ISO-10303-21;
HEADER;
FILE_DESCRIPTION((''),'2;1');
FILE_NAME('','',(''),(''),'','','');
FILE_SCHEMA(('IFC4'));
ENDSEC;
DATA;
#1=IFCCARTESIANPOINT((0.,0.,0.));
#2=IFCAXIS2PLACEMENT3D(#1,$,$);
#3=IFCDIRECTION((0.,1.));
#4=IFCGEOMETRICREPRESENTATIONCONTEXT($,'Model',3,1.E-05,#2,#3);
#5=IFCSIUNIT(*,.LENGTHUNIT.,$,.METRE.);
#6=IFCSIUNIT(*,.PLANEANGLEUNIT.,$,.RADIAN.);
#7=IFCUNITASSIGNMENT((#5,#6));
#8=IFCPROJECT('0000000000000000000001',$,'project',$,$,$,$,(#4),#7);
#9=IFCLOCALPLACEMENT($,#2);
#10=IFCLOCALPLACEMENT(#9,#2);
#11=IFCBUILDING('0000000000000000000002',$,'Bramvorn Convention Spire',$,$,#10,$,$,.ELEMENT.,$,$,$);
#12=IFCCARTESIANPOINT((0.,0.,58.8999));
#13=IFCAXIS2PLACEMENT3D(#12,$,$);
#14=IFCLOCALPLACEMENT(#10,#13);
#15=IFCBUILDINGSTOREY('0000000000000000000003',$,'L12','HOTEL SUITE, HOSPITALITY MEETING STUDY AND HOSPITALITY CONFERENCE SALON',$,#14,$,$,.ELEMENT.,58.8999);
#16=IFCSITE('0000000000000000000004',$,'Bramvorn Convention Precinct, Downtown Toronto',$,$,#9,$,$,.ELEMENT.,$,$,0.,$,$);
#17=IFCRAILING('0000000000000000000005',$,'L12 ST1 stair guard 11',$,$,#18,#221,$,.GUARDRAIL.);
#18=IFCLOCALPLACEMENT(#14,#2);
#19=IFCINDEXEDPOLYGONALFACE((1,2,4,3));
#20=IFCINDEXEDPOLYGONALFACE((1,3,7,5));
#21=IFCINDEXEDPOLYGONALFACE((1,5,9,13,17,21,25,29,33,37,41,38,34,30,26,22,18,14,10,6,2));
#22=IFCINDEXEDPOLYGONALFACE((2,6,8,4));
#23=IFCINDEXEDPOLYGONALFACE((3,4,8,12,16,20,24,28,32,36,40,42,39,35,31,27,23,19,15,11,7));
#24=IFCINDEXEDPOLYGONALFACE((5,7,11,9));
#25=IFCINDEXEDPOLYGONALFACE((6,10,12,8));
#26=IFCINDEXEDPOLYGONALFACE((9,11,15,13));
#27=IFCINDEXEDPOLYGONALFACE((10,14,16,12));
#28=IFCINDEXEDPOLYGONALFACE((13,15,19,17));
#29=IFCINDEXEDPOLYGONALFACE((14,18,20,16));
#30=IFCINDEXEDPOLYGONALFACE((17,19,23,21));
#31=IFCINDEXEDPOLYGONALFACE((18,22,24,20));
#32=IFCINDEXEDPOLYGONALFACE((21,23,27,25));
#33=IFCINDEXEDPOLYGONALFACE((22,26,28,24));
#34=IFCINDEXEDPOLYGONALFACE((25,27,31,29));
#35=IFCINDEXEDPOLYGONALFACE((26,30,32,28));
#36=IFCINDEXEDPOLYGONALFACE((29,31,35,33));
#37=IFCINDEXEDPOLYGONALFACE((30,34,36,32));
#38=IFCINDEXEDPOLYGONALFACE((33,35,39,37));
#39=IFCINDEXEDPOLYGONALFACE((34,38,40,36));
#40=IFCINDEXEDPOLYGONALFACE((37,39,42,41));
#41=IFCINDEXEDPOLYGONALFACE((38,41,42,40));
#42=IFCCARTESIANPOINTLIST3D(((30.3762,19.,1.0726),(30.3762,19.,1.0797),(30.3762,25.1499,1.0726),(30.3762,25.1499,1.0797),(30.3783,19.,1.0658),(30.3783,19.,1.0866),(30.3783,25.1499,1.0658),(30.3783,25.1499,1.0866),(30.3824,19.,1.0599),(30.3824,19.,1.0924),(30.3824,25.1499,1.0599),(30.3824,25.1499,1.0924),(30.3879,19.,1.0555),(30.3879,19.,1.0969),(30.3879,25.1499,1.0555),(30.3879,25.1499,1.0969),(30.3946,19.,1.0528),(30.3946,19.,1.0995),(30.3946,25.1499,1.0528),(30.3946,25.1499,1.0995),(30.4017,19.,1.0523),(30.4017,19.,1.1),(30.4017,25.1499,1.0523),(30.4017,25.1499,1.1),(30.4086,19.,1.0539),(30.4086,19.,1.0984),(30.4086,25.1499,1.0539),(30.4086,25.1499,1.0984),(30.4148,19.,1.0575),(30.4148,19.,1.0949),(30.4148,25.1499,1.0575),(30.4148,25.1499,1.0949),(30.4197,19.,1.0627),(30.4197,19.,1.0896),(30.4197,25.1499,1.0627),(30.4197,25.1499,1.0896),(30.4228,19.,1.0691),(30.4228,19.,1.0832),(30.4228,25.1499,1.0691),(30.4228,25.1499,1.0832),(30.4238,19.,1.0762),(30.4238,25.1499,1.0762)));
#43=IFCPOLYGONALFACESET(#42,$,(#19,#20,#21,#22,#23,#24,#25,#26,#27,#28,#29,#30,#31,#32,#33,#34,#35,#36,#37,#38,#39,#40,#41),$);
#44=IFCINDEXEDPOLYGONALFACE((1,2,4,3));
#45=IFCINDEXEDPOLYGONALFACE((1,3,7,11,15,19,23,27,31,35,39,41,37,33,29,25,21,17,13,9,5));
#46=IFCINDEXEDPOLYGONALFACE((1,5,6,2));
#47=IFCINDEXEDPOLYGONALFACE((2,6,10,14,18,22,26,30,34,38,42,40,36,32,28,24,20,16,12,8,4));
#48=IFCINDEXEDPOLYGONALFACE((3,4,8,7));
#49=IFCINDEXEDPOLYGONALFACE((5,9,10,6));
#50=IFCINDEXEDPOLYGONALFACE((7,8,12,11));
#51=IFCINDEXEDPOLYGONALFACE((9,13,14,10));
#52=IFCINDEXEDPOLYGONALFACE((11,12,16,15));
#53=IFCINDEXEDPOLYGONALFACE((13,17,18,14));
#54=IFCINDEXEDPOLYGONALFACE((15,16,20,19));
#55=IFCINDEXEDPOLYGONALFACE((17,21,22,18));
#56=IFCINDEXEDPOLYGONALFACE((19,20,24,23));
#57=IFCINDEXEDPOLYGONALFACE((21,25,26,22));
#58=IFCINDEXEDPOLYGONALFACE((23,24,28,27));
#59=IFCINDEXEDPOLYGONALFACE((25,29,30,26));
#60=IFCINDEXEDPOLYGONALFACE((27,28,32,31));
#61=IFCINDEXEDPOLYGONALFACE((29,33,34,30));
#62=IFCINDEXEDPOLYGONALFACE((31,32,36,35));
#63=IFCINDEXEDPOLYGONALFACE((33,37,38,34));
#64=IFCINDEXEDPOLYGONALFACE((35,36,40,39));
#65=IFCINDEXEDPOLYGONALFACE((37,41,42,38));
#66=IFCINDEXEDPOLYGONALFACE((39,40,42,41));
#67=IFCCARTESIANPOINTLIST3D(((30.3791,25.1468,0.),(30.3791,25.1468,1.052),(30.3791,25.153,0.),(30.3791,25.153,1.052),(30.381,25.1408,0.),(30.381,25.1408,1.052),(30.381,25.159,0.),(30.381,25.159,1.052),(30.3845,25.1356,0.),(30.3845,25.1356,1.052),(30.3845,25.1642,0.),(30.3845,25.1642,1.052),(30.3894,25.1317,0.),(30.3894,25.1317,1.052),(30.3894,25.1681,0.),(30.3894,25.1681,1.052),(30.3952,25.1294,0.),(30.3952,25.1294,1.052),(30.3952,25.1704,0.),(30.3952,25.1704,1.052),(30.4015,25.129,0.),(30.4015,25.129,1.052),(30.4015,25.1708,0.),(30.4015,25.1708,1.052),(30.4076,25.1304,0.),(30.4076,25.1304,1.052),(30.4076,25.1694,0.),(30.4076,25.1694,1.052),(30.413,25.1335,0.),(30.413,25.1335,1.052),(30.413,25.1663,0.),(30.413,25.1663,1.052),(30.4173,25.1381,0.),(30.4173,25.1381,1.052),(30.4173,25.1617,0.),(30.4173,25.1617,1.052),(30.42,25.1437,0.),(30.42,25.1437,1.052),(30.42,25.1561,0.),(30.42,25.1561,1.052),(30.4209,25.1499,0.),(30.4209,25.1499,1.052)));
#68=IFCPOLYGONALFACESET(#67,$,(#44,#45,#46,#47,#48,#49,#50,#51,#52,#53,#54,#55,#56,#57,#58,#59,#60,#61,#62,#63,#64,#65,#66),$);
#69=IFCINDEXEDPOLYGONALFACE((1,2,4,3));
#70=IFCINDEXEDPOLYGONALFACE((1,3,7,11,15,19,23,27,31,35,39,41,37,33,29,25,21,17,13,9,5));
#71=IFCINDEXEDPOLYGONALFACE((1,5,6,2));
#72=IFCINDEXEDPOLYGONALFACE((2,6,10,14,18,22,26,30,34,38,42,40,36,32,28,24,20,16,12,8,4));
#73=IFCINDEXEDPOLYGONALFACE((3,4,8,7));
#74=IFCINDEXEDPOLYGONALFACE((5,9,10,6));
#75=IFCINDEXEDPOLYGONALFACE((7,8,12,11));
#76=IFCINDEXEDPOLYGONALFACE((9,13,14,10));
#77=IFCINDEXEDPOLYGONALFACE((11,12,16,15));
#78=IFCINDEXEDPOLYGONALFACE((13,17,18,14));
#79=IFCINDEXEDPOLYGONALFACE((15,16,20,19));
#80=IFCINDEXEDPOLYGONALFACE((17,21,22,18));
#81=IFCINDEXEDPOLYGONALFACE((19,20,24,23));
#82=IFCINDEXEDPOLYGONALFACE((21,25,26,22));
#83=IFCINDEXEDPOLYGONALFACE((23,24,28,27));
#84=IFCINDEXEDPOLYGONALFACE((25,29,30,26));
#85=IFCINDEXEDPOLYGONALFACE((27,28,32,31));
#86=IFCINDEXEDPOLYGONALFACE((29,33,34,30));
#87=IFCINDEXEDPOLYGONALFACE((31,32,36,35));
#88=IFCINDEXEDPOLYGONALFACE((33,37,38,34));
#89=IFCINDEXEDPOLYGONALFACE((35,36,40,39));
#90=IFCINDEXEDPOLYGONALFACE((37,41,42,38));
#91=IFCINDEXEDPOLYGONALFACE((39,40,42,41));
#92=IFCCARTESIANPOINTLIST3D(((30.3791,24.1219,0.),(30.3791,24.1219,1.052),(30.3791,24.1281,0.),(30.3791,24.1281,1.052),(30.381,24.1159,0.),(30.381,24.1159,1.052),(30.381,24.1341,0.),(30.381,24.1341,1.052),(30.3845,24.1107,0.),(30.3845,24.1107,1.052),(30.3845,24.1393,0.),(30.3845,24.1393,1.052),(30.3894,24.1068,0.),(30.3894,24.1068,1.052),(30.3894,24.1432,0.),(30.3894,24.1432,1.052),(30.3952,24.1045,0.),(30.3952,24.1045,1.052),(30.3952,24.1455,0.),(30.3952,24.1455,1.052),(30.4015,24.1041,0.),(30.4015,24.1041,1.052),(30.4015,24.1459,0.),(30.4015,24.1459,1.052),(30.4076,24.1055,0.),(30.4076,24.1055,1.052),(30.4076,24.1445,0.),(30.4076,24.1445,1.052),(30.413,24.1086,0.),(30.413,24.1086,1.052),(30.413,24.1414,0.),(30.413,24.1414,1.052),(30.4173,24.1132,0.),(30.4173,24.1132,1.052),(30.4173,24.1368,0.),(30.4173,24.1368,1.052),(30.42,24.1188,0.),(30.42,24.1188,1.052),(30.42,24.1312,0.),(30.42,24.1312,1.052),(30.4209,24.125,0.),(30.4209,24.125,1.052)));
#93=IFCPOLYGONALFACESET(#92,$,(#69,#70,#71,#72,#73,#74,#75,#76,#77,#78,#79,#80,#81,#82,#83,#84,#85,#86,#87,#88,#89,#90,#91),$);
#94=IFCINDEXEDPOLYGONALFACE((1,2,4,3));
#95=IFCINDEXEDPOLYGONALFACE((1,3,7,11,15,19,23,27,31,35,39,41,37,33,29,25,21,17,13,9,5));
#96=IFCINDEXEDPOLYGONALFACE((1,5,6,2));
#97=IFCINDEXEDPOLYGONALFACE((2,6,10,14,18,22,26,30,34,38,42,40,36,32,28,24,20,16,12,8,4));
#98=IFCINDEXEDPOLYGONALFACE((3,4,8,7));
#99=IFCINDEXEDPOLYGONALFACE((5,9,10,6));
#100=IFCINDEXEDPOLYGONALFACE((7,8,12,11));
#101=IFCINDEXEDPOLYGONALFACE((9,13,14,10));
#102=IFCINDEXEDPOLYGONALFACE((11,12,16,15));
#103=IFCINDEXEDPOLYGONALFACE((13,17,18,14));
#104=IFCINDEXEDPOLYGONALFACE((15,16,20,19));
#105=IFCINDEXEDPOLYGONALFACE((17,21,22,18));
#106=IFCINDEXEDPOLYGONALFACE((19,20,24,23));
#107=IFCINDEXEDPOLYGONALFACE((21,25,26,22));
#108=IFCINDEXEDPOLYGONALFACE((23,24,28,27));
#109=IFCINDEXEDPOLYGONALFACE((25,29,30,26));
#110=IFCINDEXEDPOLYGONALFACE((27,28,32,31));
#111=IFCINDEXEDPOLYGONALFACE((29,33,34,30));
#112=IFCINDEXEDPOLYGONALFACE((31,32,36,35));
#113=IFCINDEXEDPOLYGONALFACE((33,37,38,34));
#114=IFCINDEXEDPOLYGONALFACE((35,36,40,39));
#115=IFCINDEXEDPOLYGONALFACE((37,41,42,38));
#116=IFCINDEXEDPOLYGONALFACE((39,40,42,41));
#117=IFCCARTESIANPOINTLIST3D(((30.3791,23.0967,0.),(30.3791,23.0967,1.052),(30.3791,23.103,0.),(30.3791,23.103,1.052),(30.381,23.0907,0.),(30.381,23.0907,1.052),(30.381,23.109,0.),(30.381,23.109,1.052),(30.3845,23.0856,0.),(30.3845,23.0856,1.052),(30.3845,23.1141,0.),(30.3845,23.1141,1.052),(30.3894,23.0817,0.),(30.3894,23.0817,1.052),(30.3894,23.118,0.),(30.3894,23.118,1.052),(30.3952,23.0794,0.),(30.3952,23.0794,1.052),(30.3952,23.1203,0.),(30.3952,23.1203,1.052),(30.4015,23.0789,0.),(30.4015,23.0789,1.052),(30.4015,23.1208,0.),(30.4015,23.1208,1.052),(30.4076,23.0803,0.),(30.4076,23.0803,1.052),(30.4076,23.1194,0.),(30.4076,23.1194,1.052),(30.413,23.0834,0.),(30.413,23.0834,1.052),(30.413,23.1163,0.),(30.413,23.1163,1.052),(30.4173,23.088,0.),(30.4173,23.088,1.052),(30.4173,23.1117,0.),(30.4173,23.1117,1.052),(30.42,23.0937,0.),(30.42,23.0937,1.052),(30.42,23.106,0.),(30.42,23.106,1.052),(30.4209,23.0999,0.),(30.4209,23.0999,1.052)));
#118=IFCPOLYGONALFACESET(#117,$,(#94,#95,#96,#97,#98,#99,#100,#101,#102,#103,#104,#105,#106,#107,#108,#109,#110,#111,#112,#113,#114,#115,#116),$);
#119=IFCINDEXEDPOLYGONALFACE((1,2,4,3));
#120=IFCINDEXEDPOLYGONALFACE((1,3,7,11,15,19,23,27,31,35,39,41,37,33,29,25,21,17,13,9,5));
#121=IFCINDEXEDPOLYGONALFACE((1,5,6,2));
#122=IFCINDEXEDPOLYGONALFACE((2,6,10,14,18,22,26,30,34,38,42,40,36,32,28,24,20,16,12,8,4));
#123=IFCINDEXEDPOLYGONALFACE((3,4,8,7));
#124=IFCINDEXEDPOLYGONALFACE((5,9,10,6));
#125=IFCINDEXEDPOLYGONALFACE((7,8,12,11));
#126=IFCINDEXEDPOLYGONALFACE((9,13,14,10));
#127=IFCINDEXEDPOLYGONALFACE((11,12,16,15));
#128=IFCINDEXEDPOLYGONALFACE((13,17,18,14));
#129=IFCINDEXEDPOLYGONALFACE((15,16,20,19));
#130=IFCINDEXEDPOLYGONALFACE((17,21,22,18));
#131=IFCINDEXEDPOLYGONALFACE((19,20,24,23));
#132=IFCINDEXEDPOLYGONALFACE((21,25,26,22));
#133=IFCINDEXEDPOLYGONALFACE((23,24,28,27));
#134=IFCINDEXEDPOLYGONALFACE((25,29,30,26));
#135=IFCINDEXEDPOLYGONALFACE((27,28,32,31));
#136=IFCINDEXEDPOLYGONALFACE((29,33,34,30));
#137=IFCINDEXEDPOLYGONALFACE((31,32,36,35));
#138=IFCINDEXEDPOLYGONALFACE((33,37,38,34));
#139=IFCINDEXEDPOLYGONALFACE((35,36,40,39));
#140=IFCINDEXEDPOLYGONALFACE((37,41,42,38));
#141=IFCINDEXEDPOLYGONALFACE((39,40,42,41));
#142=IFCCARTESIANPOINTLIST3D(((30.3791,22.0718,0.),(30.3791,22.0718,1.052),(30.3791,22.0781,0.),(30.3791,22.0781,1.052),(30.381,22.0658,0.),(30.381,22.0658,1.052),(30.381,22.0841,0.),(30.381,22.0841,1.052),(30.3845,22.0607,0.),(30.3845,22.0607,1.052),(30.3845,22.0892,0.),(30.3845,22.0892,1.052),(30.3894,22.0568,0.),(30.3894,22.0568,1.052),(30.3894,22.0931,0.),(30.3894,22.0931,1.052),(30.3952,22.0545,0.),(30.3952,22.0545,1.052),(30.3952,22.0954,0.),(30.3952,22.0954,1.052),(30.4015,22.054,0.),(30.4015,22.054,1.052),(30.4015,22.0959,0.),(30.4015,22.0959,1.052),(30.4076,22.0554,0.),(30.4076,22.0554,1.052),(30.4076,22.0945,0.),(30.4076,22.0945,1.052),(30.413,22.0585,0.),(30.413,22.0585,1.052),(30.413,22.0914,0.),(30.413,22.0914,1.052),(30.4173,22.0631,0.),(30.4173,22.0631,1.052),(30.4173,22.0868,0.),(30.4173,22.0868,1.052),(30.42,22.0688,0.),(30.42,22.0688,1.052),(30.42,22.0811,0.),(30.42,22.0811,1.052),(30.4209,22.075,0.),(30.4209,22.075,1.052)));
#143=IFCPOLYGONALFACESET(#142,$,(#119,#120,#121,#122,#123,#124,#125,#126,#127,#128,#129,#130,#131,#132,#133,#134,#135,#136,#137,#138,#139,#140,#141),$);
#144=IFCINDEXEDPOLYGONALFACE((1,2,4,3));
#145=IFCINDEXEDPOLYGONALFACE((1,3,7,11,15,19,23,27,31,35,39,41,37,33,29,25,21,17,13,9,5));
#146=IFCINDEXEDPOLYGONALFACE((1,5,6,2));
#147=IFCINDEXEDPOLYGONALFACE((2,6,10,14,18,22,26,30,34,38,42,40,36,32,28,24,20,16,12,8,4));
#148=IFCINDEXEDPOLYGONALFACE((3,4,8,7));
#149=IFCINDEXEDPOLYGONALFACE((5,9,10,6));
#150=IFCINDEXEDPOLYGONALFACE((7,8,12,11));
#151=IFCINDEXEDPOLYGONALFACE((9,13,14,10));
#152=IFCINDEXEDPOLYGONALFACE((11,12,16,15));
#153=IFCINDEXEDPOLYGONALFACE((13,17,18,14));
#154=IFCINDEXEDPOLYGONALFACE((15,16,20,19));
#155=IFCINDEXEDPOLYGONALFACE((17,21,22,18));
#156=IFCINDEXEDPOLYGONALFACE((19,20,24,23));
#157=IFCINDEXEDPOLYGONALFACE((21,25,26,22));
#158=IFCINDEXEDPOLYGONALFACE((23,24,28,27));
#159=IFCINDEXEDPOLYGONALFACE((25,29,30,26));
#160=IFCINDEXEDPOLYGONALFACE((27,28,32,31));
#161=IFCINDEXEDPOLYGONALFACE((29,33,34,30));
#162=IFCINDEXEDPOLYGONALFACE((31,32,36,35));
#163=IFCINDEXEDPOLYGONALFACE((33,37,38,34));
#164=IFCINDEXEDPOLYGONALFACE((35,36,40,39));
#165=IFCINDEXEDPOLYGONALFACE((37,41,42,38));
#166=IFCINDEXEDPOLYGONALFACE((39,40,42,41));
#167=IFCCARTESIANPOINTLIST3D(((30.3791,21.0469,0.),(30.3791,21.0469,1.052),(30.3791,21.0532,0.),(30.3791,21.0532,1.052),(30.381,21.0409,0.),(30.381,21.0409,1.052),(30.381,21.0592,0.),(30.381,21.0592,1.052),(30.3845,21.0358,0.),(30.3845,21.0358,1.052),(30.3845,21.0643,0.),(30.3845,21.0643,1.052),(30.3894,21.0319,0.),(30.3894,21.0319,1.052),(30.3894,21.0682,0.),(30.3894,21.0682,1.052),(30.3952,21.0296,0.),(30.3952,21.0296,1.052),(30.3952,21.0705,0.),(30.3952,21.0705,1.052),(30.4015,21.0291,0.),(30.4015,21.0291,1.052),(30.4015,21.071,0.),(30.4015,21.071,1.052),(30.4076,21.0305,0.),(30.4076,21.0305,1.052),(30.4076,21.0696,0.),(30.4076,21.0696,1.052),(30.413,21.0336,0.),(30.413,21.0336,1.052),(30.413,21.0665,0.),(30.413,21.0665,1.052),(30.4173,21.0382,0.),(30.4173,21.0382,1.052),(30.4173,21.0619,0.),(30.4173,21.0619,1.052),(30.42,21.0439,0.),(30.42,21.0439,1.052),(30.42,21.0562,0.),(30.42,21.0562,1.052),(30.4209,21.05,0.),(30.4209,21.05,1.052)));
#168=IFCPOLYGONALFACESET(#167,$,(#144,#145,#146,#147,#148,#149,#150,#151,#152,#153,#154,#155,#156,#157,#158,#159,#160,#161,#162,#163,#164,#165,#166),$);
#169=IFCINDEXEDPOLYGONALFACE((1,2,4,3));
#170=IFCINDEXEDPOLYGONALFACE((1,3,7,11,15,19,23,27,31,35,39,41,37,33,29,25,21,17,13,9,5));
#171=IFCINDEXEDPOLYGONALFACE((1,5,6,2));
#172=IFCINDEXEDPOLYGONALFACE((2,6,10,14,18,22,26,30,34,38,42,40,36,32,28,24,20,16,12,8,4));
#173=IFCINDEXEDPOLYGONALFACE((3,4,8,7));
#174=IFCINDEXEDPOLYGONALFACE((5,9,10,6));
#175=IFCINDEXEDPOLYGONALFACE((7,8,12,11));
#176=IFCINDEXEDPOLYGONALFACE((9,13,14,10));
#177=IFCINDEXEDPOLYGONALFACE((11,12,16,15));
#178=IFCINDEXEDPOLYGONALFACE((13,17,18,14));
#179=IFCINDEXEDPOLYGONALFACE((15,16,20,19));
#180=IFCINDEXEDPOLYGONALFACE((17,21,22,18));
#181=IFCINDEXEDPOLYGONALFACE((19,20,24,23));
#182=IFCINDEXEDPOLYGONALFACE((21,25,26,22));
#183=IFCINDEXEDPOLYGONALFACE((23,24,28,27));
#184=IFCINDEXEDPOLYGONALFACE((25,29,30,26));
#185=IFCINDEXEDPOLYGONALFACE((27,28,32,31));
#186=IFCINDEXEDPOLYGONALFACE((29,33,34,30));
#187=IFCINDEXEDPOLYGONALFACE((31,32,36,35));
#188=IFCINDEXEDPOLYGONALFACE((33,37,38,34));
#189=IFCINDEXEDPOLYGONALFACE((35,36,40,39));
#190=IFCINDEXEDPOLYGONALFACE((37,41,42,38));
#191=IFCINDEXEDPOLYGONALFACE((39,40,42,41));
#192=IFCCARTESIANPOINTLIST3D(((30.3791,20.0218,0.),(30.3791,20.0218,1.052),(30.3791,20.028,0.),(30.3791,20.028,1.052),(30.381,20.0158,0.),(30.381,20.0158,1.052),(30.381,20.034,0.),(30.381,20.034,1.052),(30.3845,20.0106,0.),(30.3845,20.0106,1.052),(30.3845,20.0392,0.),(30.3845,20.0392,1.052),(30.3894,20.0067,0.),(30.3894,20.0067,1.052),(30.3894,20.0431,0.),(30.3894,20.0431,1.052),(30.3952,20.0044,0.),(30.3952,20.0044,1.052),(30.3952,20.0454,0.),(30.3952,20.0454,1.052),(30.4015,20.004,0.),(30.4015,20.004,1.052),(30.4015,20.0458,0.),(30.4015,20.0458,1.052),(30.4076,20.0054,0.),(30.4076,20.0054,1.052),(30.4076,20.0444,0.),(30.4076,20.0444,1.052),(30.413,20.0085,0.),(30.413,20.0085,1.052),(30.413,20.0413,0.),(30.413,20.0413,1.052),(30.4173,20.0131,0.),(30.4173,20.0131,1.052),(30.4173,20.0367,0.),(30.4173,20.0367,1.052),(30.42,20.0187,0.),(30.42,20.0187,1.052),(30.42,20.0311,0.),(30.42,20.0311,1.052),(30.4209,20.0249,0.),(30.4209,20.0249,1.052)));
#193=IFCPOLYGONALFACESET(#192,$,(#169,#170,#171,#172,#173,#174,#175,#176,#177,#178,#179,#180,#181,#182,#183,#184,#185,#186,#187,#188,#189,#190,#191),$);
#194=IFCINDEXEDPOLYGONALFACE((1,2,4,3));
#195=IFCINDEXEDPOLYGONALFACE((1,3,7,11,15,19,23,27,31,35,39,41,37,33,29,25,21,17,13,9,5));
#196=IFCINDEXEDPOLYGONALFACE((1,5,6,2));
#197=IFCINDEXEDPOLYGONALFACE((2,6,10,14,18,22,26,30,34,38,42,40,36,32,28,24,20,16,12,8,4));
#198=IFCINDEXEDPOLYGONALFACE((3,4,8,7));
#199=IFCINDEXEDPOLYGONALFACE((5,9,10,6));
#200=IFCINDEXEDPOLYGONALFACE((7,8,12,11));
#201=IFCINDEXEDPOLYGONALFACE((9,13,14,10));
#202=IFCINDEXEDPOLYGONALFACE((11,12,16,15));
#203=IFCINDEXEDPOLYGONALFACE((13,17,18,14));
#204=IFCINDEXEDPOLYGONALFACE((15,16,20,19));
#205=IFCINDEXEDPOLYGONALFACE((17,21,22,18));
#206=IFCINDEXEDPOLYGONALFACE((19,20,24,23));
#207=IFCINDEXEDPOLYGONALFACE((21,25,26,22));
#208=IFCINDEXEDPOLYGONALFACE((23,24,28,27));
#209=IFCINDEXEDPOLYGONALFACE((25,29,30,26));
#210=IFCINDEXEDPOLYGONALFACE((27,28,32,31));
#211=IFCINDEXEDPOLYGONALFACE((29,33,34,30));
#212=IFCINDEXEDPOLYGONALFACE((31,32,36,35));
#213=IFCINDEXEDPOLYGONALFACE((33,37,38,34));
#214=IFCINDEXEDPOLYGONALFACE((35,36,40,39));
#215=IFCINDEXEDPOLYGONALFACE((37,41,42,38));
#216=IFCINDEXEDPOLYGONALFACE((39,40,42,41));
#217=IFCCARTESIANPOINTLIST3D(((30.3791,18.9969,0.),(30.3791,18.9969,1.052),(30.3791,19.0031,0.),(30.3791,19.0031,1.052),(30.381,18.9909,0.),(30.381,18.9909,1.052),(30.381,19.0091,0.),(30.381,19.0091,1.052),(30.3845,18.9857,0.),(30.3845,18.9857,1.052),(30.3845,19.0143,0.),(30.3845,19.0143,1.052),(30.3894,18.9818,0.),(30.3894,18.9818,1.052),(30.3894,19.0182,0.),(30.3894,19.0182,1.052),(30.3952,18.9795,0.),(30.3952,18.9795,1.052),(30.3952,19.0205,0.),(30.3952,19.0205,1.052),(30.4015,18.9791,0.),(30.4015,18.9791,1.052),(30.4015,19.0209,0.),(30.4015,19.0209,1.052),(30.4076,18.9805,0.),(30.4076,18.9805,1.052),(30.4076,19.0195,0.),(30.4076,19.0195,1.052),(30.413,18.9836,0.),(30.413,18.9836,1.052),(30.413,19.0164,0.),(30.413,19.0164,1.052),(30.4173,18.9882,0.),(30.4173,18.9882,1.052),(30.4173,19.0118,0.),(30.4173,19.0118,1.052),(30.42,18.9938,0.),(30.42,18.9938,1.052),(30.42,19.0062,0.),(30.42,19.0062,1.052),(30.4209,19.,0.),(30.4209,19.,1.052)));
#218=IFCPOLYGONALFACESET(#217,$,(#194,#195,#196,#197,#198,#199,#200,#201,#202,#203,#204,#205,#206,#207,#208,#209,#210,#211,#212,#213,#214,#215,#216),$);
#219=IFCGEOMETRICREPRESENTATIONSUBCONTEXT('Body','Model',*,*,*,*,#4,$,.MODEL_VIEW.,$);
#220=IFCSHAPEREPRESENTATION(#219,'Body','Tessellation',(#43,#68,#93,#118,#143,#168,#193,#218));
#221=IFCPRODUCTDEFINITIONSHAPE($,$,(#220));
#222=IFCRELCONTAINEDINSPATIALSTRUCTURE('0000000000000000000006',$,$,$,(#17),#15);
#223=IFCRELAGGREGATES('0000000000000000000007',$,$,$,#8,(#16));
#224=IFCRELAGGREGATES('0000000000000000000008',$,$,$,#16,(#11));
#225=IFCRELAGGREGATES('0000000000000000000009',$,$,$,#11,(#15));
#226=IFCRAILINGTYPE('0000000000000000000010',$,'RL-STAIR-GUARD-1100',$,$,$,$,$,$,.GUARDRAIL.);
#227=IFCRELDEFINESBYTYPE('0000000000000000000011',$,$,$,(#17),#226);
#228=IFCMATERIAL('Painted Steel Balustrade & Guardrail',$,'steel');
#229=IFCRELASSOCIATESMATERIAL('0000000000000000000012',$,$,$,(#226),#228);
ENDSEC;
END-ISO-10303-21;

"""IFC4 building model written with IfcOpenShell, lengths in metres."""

from ifc_helpers import new_model, si_unit, direction, frame, origin, origin_2d, place, context, subcontext, project, spatial, circle, extrude, material, type_object, element, save


model = new_model("IFC4")

# Units and contexts
model_context = context("Model", 3, precision=1e-05, world=origin(), true_north=direction((0.0, 1.0)))
body_context = subcontext(model_context, "Body", "Model", "MODEL_VIEW")
ifc_project = project(units=[si_unit("LENGTHUNIT", "METRE"), si_unit("PLANEANGLEUNIT", "RADIAN")], contexts=[model_context])

# Site, building, storey
site_placement = place(None, origin())
site = spatial("IfcSite", under=ifc_project, at=site_placement, Name="Bramvorn Convention Precinct, Downtown Toronto", CompositionType="ELEMENT", RefElevation=0.0)
building_placement = place(site_placement, origin())
building = spatial("IfcBuilding", under=site, at=building_placement, Name="Bramvorn Convention Spire", CompositionType="ELEMENT")
storey_placement = place(building_placement, frame((0.0, 0.0, 58.8999)))
storey = spatial("IfcBuildingStorey", under=building, at=storey_placement, Name="L12", Description="HOTEL SUITE, HOSPITALITY MEETING STUDY AND HOSPITALITY CONFERENCE SALON", CompositionType="ELEMENT", Elevation=58.8999)

# Railing
ifc_material_1 = material(Name="Painted Steel Balustrade & Guardrail", Category="steel")
railing_type_1 = type_object("IfcRailingType", Name="RL-STAIR-GUARD-1100", PredefinedType="GUARDRAIL", material=ifc_material_1)
railing_1_placement = place(storey_placement, frame((30.3999, 25.1499, 0.0)))
element("IfcRailing", 1, at=railing_1_placement, inside=storey, type_object=railing_type_1, Name="L12 ST1 stair guard 11", PredefinedType="GUARDRAIL", context=body_context, shape_type="SweptSolid", body=[
    extrude(circle(Radius=0.0239, at=origin_2d()), frame((0.0, 0.0, 1.0762), z_axis=(0.0, -1.0, 0.0), x_axis=(1.0, 0.0, 0.0)), (0.0, 0.0, 1.0), 6.1499),
    extrude(circle(Radius=0.021, at=origin_2d()), origin(), (0.0, 0.0, 1.0), 1.052),
    extrude(circle(Radius=0.021, at=origin_2d()), frame((0.0, -1.0249, 0.0)), (0.0, 0.0, 1.0), 1.052),
    extrude(circle(Radius=0.021, at=origin_2d()), frame((0.0, -2.05, 0.0)), (0.0, 0.0, 1.0), 1.052),
    extrude(circle(Radius=0.021, at=origin_2d()), frame((0.0, -3.075, 0.0)), (0.0, 0.0, 1.0), 1.052),
    extrude(circle(Radius=0.021, at=origin_2d()), frame((0.0, -4.0999, 0.0)), (0.0, 0.0, 1.0), 1.052),
    extrude(circle(Radius=0.021, at=origin_2d()), frame((0.0, -5.125, 0.0)), (0.0, 0.0, 1.0), 1.052),
    extrude(circle(Radius=0.021, at=origin_2d()), frame((0.0, -6.1499, 0.0)), (0.0, 0.0, 1.0), 1.052),
])

save(model, "model.ifc")
